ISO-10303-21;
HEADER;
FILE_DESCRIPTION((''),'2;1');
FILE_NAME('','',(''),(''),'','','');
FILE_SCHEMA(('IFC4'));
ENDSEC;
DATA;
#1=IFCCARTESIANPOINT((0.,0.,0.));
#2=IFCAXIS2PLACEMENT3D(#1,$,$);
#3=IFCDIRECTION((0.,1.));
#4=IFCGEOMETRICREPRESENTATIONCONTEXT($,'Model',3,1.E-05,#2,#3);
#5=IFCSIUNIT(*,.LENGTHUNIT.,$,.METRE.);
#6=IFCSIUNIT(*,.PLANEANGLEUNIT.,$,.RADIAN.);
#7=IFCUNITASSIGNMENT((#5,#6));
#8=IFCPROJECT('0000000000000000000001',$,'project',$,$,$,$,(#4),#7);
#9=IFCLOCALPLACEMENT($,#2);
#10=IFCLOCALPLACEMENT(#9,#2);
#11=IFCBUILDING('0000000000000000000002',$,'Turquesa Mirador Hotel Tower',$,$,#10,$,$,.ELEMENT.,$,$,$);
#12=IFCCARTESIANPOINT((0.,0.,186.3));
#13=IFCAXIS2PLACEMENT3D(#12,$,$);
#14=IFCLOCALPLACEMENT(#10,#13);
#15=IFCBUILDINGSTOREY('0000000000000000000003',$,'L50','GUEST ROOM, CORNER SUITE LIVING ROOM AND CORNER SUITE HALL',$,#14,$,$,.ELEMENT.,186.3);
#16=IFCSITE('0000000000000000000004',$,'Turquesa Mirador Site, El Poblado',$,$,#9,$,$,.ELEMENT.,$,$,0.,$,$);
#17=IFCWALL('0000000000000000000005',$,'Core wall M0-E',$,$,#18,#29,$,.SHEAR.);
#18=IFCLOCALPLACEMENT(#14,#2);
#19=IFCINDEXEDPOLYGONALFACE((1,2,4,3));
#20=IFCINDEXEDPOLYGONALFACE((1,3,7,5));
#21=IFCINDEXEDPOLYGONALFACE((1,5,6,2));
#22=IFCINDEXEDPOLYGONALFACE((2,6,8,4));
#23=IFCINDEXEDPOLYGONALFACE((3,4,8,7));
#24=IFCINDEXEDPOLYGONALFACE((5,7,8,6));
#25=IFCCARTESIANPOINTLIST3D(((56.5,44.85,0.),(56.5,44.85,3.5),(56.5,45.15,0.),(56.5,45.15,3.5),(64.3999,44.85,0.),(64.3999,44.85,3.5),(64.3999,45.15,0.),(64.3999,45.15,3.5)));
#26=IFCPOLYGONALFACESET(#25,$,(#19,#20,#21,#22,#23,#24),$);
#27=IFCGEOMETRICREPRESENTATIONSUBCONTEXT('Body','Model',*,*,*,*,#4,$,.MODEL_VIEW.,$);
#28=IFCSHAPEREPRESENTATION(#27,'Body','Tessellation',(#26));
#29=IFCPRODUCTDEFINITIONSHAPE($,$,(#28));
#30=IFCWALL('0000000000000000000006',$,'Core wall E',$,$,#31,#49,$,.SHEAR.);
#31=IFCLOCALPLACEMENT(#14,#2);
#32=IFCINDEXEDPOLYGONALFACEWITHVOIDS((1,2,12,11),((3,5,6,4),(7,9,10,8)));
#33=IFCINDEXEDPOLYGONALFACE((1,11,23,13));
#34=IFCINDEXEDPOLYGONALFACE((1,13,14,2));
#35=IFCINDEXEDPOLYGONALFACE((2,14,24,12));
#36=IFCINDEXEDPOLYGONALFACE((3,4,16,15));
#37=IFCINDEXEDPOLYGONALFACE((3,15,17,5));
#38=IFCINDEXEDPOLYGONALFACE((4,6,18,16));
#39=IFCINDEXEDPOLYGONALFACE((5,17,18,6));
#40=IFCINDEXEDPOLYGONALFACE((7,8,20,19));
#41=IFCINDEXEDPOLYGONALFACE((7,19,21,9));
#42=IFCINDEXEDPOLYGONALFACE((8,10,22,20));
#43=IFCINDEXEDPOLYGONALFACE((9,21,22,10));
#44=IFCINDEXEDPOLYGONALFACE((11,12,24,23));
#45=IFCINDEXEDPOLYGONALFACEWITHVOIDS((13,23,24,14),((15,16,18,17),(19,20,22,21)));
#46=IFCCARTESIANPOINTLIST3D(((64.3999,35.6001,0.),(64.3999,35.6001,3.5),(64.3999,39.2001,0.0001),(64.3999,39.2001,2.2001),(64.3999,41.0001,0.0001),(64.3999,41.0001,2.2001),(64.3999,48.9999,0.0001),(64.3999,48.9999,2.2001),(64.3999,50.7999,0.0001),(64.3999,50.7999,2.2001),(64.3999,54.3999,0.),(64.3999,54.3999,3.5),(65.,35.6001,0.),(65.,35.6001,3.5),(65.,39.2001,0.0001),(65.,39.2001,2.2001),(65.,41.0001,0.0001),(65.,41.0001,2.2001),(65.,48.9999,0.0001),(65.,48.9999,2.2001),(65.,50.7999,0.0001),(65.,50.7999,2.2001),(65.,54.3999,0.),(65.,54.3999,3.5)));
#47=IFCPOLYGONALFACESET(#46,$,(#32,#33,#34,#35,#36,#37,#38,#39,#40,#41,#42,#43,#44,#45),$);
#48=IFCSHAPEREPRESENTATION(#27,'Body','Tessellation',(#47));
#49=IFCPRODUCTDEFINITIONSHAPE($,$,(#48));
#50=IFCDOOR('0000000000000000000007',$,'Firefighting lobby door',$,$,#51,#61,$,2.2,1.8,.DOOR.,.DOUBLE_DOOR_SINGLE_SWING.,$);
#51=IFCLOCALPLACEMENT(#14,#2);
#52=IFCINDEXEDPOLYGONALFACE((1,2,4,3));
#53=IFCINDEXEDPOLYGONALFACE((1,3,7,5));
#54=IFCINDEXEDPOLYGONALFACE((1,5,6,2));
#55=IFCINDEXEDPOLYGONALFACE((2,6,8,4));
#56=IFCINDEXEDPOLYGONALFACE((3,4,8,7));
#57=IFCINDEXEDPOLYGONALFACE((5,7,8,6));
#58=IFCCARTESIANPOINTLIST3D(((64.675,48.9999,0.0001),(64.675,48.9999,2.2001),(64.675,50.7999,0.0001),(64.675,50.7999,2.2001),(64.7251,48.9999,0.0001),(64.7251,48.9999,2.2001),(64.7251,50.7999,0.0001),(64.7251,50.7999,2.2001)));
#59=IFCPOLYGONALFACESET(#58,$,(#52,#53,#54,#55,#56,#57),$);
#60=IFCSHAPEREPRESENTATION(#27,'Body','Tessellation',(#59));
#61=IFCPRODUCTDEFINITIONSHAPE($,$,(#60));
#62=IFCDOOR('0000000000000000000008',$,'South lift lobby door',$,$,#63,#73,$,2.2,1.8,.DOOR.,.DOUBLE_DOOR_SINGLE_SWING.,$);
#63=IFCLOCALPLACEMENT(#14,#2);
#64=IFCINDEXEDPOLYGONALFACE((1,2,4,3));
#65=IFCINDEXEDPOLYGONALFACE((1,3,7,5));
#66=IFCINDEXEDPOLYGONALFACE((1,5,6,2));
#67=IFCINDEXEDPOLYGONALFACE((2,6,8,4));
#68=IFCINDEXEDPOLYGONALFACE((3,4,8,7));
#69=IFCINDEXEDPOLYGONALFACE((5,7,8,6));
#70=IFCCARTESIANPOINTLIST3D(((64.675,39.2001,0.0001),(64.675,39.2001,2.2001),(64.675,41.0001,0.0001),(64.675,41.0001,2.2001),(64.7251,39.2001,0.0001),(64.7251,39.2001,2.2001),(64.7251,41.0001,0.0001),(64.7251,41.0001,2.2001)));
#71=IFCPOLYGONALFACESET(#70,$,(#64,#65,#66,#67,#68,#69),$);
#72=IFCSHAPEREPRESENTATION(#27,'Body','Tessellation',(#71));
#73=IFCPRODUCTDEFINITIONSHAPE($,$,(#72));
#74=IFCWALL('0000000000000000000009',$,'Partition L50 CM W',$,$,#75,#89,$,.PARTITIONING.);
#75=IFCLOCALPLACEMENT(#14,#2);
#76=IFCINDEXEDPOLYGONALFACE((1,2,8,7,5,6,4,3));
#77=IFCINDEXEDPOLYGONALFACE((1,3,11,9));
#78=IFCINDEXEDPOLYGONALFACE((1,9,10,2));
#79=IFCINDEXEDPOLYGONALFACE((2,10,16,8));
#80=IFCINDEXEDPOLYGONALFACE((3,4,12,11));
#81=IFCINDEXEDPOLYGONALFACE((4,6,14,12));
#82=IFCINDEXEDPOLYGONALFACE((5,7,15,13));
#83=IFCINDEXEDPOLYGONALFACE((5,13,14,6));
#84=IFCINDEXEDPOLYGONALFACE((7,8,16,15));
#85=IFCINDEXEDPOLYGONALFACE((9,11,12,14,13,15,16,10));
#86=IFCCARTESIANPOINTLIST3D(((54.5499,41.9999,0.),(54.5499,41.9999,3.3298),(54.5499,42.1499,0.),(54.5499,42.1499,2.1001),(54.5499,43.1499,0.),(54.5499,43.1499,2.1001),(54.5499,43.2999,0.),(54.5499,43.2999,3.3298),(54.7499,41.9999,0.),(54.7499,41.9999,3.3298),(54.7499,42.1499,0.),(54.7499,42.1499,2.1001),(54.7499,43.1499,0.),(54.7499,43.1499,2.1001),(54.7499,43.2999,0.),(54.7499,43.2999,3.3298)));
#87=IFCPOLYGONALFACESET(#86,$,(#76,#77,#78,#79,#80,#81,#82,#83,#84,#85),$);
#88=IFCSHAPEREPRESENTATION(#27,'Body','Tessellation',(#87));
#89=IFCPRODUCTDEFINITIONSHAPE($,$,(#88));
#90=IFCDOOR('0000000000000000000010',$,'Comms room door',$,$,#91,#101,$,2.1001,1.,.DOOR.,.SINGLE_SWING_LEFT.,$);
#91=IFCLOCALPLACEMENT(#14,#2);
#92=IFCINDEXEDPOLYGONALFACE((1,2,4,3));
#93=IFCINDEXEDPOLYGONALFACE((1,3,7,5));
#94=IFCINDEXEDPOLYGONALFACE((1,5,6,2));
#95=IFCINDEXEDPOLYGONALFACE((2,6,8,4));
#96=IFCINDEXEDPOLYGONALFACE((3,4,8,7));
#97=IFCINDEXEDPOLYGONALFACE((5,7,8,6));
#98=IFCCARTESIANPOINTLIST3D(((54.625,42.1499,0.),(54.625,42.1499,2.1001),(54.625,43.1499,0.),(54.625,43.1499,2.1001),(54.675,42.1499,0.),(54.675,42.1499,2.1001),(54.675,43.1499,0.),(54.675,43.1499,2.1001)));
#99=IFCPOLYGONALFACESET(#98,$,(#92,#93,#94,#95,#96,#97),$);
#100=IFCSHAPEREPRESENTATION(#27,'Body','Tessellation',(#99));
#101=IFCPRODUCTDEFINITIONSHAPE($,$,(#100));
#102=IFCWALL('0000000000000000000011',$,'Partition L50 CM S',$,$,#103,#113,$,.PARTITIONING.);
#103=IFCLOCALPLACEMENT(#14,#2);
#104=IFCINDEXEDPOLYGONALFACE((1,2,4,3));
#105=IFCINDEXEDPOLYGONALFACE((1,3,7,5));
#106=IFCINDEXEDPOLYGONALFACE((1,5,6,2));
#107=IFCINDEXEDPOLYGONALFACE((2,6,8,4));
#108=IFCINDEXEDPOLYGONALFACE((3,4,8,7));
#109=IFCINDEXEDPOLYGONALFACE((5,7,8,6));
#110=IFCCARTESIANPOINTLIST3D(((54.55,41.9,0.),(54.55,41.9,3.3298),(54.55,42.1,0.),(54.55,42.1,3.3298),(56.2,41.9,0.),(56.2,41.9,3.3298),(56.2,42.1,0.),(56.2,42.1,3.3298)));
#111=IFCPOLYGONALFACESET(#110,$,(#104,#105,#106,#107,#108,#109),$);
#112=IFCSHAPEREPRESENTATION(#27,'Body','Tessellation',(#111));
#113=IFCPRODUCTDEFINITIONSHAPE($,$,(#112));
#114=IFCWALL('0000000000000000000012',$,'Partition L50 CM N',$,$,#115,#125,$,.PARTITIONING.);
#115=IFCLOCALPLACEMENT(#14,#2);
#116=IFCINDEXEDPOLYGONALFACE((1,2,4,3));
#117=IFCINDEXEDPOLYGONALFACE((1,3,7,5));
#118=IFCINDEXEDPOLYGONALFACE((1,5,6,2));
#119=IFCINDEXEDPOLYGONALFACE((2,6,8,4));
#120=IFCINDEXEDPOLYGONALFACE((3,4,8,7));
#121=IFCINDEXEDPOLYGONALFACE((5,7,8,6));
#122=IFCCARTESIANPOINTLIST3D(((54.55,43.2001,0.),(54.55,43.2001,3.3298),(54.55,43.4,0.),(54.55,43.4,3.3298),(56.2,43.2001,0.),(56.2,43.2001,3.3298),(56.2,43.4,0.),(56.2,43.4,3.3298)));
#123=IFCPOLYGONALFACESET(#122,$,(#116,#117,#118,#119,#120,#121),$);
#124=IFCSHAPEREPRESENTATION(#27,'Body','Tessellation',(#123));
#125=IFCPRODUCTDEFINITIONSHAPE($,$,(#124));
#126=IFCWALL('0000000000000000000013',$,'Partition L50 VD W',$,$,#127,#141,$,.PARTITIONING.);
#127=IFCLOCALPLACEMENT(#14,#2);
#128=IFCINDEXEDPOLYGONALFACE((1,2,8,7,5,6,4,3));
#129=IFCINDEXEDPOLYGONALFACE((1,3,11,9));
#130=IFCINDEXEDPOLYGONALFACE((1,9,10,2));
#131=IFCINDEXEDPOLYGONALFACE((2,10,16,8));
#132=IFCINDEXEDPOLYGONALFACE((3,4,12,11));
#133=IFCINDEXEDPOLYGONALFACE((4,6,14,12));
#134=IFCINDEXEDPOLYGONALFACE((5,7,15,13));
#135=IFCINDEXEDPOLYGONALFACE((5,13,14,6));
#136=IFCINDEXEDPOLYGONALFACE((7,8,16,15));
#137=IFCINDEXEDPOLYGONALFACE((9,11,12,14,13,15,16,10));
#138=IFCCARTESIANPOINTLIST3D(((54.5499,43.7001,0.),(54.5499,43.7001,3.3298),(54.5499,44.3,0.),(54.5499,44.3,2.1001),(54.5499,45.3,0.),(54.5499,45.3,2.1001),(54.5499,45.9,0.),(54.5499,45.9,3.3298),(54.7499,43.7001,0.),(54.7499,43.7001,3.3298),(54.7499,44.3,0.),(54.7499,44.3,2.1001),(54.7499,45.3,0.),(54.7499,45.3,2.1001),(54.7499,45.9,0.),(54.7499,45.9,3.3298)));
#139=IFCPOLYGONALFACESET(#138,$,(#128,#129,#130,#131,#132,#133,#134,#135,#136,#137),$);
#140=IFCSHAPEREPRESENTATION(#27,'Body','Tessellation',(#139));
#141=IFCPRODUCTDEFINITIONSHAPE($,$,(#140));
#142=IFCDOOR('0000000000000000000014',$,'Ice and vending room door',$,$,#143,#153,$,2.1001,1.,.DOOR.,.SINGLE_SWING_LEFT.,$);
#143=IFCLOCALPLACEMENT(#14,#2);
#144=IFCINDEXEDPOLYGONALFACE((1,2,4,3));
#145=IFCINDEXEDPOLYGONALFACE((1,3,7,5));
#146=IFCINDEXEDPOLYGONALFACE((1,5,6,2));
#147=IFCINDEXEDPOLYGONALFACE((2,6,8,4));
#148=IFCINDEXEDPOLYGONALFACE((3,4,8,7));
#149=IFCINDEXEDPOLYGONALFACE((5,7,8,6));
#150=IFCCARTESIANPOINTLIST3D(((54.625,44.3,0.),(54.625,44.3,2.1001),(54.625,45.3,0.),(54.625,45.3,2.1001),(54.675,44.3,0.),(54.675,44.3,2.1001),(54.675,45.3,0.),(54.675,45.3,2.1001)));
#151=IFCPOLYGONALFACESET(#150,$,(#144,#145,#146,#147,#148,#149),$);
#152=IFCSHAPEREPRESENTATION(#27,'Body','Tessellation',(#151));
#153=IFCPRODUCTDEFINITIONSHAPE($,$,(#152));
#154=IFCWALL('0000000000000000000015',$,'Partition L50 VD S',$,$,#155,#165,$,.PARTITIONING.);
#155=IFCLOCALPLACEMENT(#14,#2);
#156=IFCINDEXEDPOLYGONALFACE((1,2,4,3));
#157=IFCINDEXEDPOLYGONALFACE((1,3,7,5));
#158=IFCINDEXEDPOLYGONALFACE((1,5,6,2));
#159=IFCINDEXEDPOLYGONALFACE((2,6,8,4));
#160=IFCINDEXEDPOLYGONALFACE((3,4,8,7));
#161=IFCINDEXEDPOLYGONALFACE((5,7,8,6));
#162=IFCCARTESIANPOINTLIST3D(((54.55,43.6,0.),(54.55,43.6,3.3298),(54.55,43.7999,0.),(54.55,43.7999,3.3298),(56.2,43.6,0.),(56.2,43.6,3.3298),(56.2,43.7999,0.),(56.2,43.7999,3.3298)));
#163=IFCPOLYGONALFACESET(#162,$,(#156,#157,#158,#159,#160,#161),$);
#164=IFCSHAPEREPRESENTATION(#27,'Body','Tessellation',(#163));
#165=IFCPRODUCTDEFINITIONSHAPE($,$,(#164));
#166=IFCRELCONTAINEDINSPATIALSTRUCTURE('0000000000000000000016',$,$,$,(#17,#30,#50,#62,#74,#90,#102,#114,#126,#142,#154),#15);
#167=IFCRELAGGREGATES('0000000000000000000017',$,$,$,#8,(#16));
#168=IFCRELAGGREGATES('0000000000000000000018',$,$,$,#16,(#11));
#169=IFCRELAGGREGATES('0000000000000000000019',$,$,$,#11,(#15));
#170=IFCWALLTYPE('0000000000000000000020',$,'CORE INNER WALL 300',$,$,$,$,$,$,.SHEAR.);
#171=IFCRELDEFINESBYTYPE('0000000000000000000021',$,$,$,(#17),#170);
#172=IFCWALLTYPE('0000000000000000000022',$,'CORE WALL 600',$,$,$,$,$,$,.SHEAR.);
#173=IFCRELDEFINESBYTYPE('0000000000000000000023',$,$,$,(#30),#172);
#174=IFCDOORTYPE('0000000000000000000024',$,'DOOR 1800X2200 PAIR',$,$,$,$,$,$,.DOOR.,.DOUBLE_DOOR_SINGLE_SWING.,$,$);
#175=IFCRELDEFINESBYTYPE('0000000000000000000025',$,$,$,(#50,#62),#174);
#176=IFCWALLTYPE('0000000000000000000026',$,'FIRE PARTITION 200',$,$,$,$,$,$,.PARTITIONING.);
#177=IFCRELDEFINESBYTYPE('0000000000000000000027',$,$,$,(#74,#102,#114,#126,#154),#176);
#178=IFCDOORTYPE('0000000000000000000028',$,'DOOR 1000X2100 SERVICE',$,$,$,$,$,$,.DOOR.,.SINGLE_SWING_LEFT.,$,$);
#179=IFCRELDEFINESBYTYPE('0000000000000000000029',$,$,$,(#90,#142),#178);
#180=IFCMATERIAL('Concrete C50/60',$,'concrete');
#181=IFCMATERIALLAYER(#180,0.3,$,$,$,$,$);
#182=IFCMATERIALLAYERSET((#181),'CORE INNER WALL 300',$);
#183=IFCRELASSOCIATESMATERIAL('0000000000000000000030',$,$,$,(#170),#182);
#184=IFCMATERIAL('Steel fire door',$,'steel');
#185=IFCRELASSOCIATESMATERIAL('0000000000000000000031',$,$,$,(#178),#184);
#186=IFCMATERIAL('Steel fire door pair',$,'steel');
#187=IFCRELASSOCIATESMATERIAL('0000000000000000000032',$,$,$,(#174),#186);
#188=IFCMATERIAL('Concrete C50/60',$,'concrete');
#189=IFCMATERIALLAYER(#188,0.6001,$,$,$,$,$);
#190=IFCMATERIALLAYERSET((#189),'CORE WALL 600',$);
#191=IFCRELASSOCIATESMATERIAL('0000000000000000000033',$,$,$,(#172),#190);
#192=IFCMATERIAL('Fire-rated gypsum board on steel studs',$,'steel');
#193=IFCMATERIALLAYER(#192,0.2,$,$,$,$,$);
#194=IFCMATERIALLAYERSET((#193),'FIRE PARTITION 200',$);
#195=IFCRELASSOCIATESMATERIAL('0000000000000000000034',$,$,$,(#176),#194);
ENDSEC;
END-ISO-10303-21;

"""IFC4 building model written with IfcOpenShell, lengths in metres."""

from ifc_helpers import new_model, si_unit, direction, frame, frame_2d, origin, place, context, subcontext, project, spatial, rectangle, extrude, material, layer, layer_set, type_object, element, fill, save


model = new_model("IFC4")

# Units and contexts
model_context = context("Model", 3, precision=1e-05, world=origin(), true_north=direction((0.0, 1.0)))
body_context = subcontext(model_context, "Body", "Model", "MODEL_VIEW")
ifc_project = project(units=[si_unit("LENGTHUNIT", "METRE"), si_unit("PLANEANGLEUNIT", "RADIAN")], contexts=[model_context])

# Site, building, storey
site_placement = place(None, origin())
site = spatial("IfcSite", under=ifc_project, at=site_placement, Name="Turquesa Mirador Site, El Poblado", CompositionType="ELEMENT", RefElevation=0.0)
building_placement = place(site_placement, origin())
building = spatial("IfcBuilding", under=site, at=building_placement, Name="Turquesa Mirador Hotel Tower", CompositionType="ELEMENT")
storey_placement = place(building_placement, frame((0.0, 0.0, 186.3)))
storey = spatial("IfcBuildingStorey", under=building, at=storey_placement, Name="L50", Description="GUEST ROOM, CORNER SUITE LIVING ROOM AND CORNER SUITE HALL", CompositionType="ELEMENT", Elevation=186.3)

# Shared definitions
ifc_material_1 = material(Name="Concrete C50/60", Category="concrete")
ifc_layer_1 = layer(ifc_material_1, 0.3)
ifc_layer_set_1 = layer_set([ifc_layer_1], Name="CORE INNER WALL 300")
wall_type_1 = type_object("IfcWallType", Name="CORE INNER WALL 300", PredefinedType="SHEAR", material=ifc_layer_set_1)
ifc_material_2 = material(Name="Steel fire door", Category="steel")
door_type_1 = type_object("IfcDoorType", Name="DOOR 1000X2100 SERVICE", OperationType="SINGLE_SWING_LEFT", PredefinedType="DOOR", material=ifc_material_2)
ifc_material_3 = material(Name="Steel fire door pair", Category="steel")
door_type_2 = type_object("IfcDoorType", Name="DOOR 1800X2200 PAIR", OperationType="DOUBLE_DOOR_SINGLE_SWING", PredefinedType="DOOR", material=ifc_material_3)

# Wall
wall_1_placement = place(storey_placement, frame((56.5, 45.0, 0.0), z_axis=(0.0, 0.0, 1.0), x_axis=(1.0, 0.0, 0.0)))
element("IfcWall", 1, at=wall_1_placement, inside=storey, type_object=wall_type_1, Name="Core wall M0-E", PredefinedType="SHEAR", context=body_context, shape_type="SweptSolid", body=[
    extrude(rectangle(XDim=7.8999, YDim=0.3, at=frame_2d((3.95, 0.0))), origin(), (0.0, 0.0, 1.0), 3.5),
])

# Wall, openings, doors
ifc_material_4 = material(Name="Concrete C50/60", Category="concrete")
ifc_layer_2 = layer(ifc_material_4, 0.6001)
ifc_layer_set_2 = layer_set([ifc_layer_2], Name="CORE WALL 600")
wall_type_2 = type_object("IfcWallType", Name="CORE WALL 600", PredefinedType="SHEAR", material=ifc_layer_set_2)
wall_2_placement = place(storey_placement, frame((64.7, 35.6001, 0.0), z_axis=(0.0, 0.0, 1.0), x_axis=(0.0, 1.0, 0.0)))
wall_2 = element("IfcWall", 2, at=wall_2_placement, inside=storey, type_object=wall_type_2, Name="Core wall E", PredefinedType="SHEAR", context=body_context, shape_type="SweptSolid", body=[
    extrude(rectangle(XDim=18.7998, YDim=0.6001, at=frame_2d((9.3999, 0.0))), origin(), (0.0, 0.0, 1.0), 3.5),
])
opening_1_placement = place(wall_2_placement, frame((13.3999, 0.0, 0.0)))
opening_1 = element("IfcOpeningElement", 3, at=opening_1_placement, cuts=wall_2, PredefinedType="OPENING", context=body_context, shape_type="SweptSolid", body=[
    extrude(rectangle(XDim=1.8, YDim=2.2, at=frame_2d((0.8999, 1.1001))), frame((0.0, 0.3101, 0.0), z_axis=(0.0, -1.0, 0.0), x_axis=(1.0, 0.0, 0.0)), (0.0, 0.0, 1.0), 0.6201),
])
opening_2_placement = place(wall_2_placement, frame((3.6001, 0.0, 0.0)))
opening_2 = element("IfcOpeningElement", 4, at=opening_2_placement, cuts=wall_2, PredefinedType="OPENING", context=body_context, shape_type="SweptSolid", body=[
    extrude(rectangle(XDim=1.8, YDim=2.2, at=frame_2d((0.8999, 1.1001))), frame((0.0, 0.3101, 0.0), z_axis=(0.0, -1.0, 0.0), x_axis=(1.0, 0.0, 0.0)), (0.0, 0.0, 1.0), 0.6201),
])
door_1_placement = place(opening_1_placement, origin())
door_1 = element("IfcDoor", 5, at=door_1_placement, inside=storey, type_object=door_type_2, Name="Firefighting lobby door", OperationType="DOUBLE_DOOR_SINGLE_SWING", OverallHeight=2.2, OverallWidth=1.8, PredefinedType="DOOR", context=body_context, shape_type="SweptSolid", body=[
    extrude(rectangle(XDim=1.8, YDim=2.2, at=frame_2d((0.8999, 1.1001))), frame((0.0, 0.0249, 0.0), z_axis=(0.0, -1.0, 0.0), x_axis=(1.0, 0.0, 0.0)), (0.0, 0.0, 1.0), 0.05),
])
fill(opening_1, door_1)
door_2_placement = place(opening_2_placement, origin())
door_2 = element("IfcDoor", 6, at=door_2_placement, inside=storey, type_object=door_type_2, Name="South lift lobby door", OperationType="DOUBLE_DOOR_SINGLE_SWING", OverallHeight=2.2, OverallWidth=1.8, PredefinedType="DOOR", context=body_context, shape_type="SweptSolid", body=[
    extrude(rectangle(XDim=1.8, YDim=2.2, at=frame_2d((0.8999, 1.1001))), frame((0.0, 0.0249, 0.0), z_axis=(0.0, -1.0, 0.0), x_axis=(1.0, 0.0, 0.0)), (0.0, 0.0, 1.0), 0.05),
])
fill(opening_2, door_2)

# Wall, opening, door
ifc_material_5 = material(Name="Fire-rated gypsum board on steel studs", Category="steel")
ifc_layer_3 = layer(ifc_material_5, 0.2)
ifc_layer_set_3 = layer_set([ifc_layer_3], Name="FIRE PARTITION 200")
wall_type_3 = type_object("IfcWallType", Name="FIRE PARTITION 200", PredefinedType="PARTITIONING", material=ifc_layer_set_3)
wall_3_placement = place(storey_placement, frame((54.6499, 42.0, 0.0), z_axis=(0.0, 0.0, 1.0), x_axis=(0.0, 1.0, 0.0)))
wall_3 = element("IfcWall", 7, at=wall_3_placement, inside=storey, type_object=wall_type_3, Name="Partition L50 CM W", PredefinedType="PARTITIONING", context=body_context, shape_type="SweptSolid", body=[
    extrude(rectangle(XDim=1.3, YDim=0.2, at=frame_2d((0.6499, 0.0))), origin(), (0.0, 0.0, 1.0), 3.3298),
])
opening_3_placement = place(wall_3_placement, frame((0.1499, 0.0, 0.0)))
opening_3 = element("IfcOpeningElement", 8, at=opening_3_placement, cuts=wall_3, PredefinedType="OPENING", context=body_context, shape_type="SweptSolid", body=[
    extrude(rectangle(XDim=1.0, YDim=2.1001, at=frame_2d((0.5, 1.05))), frame((0.0, 0.1099, 0.0), z_axis=(0.0, -1.0, 0.0), x_axis=(1.0, 0.0, 0.0)), (0.0, 0.0, 1.0), 0.22),
])
door_3_placement = place(opening_3_placement, origin())
door_3 = element("IfcDoor", 9, at=door_3_placement, inside=storey, type_object=door_type_1, Name="Comms room door", OperationType="SINGLE_SWING_LEFT", OverallHeight=2.1001, OverallWidth=1.0, PredefinedType="DOOR", context=body_context, shape_type="SweptSolid", body=[
    extrude(rectangle(XDim=1.0, YDim=2.1001, at=frame_2d((0.5, 1.05))), frame((0.0, 0.0249, 0.0), z_axis=(0.0, -1.0, 0.0), x_axis=(1.0, 0.0, 0.0)), (0.0, 0.0, 1.0), 0.05),
])
fill(opening_3, door_3)

# Walls
for number, where, z_axis, x_axis, name in (
    (10, (54.55, 42.0, 0.0), (0.0, 0.0, 1.0), (1.0, 0.0, 0.0), "Partition L50 CM S"),
    (11, (54.55, 43.3, 0.0), (0.0, 0.0, 1.0), (1.0, 0.0, 0.0), "Partition L50 CM N"),
):
    element("IfcWall", number, at=place(storey_placement, frame(where, z_axis=z_axis, x_axis=x_axis)), inside=storey, type_object=wall_type_3, Name=name, PredefinedType="PARTITIONING", context=body_context, shape_type="SweptSolid", body=[
        extrude(rectangle(XDim=1.6499, YDim=0.2, at=frame_2d((0.825, 0.0))), origin(), (0.0, 0.0, 1.0), 3.3298),
    ])

# Wall, opening, door
wall_4_placement = place(storey_placement, frame((54.6499, 43.7, 0.0), z_axis=(0.0, 0.0, 1.0), x_axis=(0.0, 1.0, 0.0)))
wall_4 = element("IfcWall", 12, at=wall_4_placement, inside=storey, type_object=wall_type_3, Name="Partition L50 VD W", PredefinedType="PARTITIONING", context=body_context, shape_type="SweptSolid", body=[
    extrude(rectangle(XDim=2.2, YDim=0.2, at=frame_2d((1.1001, 0.0))), origin(), (0.0, 0.0, 1.0), 3.3298),
])
opening_4_placement = place(wall_4_placement, frame((0.6001, 0.0, 0.0)))
opening_4 = element("IfcOpeningElement", 13, at=opening_4_placement, cuts=wall_4, PredefinedType="OPENING", context=body_context, shape_type="SweptSolid", body=[
    extrude(rectangle(XDim=1.0, YDim=2.1001, at=frame_2d((0.5, 1.05))), frame((0.0, 0.1099, 0.0), z_axis=(0.0, -1.0, 0.0), x_axis=(1.0, 0.0, 0.0)), (0.0, 0.0, 1.0), 0.22),
])
door_4_placement = place(opening_4_placement, origin())
door_4 = element("IfcDoor", 14, at=door_4_placement, inside=storey, type_object=door_type_1, Name="Ice and vending room door", OperationType="SINGLE_SWING_LEFT", OverallHeight=2.1001, OverallWidth=1.0, PredefinedType="DOOR", context=body_context, shape_type="SweptSolid", body=[
    extrude(rectangle(XDim=1.0, YDim=2.1001, at=frame_2d((0.5, 1.05))), frame((0.0, 0.0249, 0.0), z_axis=(0.0, -1.0, 0.0), x_axis=(1.0, 0.0, 0.0)), (0.0, 0.0, 1.0), 0.05),
])
fill(opening_4, door_4)

# Wall
wall_5_placement = place(storey_placement, frame((54.55, 43.7, 0.0), z_axis=(0.0, 0.0, 1.0), x_axis=(1.0, 0.0, 0.0)))
element("IfcWall", 15, at=wall_5_placement, inside=storey, type_object=wall_type_3, Name="Partition L50 VD S", PredefinedType="PARTITIONING", context=body_context, shape_type="SweptSolid", body=[
    extrude(rectangle(XDim=1.6499, YDim=0.2, at=frame_2d((0.825, 0.0))), origin(), (0.0, 0.0, 1.0), 3.3298),
])

save(model, "model.ifc")
